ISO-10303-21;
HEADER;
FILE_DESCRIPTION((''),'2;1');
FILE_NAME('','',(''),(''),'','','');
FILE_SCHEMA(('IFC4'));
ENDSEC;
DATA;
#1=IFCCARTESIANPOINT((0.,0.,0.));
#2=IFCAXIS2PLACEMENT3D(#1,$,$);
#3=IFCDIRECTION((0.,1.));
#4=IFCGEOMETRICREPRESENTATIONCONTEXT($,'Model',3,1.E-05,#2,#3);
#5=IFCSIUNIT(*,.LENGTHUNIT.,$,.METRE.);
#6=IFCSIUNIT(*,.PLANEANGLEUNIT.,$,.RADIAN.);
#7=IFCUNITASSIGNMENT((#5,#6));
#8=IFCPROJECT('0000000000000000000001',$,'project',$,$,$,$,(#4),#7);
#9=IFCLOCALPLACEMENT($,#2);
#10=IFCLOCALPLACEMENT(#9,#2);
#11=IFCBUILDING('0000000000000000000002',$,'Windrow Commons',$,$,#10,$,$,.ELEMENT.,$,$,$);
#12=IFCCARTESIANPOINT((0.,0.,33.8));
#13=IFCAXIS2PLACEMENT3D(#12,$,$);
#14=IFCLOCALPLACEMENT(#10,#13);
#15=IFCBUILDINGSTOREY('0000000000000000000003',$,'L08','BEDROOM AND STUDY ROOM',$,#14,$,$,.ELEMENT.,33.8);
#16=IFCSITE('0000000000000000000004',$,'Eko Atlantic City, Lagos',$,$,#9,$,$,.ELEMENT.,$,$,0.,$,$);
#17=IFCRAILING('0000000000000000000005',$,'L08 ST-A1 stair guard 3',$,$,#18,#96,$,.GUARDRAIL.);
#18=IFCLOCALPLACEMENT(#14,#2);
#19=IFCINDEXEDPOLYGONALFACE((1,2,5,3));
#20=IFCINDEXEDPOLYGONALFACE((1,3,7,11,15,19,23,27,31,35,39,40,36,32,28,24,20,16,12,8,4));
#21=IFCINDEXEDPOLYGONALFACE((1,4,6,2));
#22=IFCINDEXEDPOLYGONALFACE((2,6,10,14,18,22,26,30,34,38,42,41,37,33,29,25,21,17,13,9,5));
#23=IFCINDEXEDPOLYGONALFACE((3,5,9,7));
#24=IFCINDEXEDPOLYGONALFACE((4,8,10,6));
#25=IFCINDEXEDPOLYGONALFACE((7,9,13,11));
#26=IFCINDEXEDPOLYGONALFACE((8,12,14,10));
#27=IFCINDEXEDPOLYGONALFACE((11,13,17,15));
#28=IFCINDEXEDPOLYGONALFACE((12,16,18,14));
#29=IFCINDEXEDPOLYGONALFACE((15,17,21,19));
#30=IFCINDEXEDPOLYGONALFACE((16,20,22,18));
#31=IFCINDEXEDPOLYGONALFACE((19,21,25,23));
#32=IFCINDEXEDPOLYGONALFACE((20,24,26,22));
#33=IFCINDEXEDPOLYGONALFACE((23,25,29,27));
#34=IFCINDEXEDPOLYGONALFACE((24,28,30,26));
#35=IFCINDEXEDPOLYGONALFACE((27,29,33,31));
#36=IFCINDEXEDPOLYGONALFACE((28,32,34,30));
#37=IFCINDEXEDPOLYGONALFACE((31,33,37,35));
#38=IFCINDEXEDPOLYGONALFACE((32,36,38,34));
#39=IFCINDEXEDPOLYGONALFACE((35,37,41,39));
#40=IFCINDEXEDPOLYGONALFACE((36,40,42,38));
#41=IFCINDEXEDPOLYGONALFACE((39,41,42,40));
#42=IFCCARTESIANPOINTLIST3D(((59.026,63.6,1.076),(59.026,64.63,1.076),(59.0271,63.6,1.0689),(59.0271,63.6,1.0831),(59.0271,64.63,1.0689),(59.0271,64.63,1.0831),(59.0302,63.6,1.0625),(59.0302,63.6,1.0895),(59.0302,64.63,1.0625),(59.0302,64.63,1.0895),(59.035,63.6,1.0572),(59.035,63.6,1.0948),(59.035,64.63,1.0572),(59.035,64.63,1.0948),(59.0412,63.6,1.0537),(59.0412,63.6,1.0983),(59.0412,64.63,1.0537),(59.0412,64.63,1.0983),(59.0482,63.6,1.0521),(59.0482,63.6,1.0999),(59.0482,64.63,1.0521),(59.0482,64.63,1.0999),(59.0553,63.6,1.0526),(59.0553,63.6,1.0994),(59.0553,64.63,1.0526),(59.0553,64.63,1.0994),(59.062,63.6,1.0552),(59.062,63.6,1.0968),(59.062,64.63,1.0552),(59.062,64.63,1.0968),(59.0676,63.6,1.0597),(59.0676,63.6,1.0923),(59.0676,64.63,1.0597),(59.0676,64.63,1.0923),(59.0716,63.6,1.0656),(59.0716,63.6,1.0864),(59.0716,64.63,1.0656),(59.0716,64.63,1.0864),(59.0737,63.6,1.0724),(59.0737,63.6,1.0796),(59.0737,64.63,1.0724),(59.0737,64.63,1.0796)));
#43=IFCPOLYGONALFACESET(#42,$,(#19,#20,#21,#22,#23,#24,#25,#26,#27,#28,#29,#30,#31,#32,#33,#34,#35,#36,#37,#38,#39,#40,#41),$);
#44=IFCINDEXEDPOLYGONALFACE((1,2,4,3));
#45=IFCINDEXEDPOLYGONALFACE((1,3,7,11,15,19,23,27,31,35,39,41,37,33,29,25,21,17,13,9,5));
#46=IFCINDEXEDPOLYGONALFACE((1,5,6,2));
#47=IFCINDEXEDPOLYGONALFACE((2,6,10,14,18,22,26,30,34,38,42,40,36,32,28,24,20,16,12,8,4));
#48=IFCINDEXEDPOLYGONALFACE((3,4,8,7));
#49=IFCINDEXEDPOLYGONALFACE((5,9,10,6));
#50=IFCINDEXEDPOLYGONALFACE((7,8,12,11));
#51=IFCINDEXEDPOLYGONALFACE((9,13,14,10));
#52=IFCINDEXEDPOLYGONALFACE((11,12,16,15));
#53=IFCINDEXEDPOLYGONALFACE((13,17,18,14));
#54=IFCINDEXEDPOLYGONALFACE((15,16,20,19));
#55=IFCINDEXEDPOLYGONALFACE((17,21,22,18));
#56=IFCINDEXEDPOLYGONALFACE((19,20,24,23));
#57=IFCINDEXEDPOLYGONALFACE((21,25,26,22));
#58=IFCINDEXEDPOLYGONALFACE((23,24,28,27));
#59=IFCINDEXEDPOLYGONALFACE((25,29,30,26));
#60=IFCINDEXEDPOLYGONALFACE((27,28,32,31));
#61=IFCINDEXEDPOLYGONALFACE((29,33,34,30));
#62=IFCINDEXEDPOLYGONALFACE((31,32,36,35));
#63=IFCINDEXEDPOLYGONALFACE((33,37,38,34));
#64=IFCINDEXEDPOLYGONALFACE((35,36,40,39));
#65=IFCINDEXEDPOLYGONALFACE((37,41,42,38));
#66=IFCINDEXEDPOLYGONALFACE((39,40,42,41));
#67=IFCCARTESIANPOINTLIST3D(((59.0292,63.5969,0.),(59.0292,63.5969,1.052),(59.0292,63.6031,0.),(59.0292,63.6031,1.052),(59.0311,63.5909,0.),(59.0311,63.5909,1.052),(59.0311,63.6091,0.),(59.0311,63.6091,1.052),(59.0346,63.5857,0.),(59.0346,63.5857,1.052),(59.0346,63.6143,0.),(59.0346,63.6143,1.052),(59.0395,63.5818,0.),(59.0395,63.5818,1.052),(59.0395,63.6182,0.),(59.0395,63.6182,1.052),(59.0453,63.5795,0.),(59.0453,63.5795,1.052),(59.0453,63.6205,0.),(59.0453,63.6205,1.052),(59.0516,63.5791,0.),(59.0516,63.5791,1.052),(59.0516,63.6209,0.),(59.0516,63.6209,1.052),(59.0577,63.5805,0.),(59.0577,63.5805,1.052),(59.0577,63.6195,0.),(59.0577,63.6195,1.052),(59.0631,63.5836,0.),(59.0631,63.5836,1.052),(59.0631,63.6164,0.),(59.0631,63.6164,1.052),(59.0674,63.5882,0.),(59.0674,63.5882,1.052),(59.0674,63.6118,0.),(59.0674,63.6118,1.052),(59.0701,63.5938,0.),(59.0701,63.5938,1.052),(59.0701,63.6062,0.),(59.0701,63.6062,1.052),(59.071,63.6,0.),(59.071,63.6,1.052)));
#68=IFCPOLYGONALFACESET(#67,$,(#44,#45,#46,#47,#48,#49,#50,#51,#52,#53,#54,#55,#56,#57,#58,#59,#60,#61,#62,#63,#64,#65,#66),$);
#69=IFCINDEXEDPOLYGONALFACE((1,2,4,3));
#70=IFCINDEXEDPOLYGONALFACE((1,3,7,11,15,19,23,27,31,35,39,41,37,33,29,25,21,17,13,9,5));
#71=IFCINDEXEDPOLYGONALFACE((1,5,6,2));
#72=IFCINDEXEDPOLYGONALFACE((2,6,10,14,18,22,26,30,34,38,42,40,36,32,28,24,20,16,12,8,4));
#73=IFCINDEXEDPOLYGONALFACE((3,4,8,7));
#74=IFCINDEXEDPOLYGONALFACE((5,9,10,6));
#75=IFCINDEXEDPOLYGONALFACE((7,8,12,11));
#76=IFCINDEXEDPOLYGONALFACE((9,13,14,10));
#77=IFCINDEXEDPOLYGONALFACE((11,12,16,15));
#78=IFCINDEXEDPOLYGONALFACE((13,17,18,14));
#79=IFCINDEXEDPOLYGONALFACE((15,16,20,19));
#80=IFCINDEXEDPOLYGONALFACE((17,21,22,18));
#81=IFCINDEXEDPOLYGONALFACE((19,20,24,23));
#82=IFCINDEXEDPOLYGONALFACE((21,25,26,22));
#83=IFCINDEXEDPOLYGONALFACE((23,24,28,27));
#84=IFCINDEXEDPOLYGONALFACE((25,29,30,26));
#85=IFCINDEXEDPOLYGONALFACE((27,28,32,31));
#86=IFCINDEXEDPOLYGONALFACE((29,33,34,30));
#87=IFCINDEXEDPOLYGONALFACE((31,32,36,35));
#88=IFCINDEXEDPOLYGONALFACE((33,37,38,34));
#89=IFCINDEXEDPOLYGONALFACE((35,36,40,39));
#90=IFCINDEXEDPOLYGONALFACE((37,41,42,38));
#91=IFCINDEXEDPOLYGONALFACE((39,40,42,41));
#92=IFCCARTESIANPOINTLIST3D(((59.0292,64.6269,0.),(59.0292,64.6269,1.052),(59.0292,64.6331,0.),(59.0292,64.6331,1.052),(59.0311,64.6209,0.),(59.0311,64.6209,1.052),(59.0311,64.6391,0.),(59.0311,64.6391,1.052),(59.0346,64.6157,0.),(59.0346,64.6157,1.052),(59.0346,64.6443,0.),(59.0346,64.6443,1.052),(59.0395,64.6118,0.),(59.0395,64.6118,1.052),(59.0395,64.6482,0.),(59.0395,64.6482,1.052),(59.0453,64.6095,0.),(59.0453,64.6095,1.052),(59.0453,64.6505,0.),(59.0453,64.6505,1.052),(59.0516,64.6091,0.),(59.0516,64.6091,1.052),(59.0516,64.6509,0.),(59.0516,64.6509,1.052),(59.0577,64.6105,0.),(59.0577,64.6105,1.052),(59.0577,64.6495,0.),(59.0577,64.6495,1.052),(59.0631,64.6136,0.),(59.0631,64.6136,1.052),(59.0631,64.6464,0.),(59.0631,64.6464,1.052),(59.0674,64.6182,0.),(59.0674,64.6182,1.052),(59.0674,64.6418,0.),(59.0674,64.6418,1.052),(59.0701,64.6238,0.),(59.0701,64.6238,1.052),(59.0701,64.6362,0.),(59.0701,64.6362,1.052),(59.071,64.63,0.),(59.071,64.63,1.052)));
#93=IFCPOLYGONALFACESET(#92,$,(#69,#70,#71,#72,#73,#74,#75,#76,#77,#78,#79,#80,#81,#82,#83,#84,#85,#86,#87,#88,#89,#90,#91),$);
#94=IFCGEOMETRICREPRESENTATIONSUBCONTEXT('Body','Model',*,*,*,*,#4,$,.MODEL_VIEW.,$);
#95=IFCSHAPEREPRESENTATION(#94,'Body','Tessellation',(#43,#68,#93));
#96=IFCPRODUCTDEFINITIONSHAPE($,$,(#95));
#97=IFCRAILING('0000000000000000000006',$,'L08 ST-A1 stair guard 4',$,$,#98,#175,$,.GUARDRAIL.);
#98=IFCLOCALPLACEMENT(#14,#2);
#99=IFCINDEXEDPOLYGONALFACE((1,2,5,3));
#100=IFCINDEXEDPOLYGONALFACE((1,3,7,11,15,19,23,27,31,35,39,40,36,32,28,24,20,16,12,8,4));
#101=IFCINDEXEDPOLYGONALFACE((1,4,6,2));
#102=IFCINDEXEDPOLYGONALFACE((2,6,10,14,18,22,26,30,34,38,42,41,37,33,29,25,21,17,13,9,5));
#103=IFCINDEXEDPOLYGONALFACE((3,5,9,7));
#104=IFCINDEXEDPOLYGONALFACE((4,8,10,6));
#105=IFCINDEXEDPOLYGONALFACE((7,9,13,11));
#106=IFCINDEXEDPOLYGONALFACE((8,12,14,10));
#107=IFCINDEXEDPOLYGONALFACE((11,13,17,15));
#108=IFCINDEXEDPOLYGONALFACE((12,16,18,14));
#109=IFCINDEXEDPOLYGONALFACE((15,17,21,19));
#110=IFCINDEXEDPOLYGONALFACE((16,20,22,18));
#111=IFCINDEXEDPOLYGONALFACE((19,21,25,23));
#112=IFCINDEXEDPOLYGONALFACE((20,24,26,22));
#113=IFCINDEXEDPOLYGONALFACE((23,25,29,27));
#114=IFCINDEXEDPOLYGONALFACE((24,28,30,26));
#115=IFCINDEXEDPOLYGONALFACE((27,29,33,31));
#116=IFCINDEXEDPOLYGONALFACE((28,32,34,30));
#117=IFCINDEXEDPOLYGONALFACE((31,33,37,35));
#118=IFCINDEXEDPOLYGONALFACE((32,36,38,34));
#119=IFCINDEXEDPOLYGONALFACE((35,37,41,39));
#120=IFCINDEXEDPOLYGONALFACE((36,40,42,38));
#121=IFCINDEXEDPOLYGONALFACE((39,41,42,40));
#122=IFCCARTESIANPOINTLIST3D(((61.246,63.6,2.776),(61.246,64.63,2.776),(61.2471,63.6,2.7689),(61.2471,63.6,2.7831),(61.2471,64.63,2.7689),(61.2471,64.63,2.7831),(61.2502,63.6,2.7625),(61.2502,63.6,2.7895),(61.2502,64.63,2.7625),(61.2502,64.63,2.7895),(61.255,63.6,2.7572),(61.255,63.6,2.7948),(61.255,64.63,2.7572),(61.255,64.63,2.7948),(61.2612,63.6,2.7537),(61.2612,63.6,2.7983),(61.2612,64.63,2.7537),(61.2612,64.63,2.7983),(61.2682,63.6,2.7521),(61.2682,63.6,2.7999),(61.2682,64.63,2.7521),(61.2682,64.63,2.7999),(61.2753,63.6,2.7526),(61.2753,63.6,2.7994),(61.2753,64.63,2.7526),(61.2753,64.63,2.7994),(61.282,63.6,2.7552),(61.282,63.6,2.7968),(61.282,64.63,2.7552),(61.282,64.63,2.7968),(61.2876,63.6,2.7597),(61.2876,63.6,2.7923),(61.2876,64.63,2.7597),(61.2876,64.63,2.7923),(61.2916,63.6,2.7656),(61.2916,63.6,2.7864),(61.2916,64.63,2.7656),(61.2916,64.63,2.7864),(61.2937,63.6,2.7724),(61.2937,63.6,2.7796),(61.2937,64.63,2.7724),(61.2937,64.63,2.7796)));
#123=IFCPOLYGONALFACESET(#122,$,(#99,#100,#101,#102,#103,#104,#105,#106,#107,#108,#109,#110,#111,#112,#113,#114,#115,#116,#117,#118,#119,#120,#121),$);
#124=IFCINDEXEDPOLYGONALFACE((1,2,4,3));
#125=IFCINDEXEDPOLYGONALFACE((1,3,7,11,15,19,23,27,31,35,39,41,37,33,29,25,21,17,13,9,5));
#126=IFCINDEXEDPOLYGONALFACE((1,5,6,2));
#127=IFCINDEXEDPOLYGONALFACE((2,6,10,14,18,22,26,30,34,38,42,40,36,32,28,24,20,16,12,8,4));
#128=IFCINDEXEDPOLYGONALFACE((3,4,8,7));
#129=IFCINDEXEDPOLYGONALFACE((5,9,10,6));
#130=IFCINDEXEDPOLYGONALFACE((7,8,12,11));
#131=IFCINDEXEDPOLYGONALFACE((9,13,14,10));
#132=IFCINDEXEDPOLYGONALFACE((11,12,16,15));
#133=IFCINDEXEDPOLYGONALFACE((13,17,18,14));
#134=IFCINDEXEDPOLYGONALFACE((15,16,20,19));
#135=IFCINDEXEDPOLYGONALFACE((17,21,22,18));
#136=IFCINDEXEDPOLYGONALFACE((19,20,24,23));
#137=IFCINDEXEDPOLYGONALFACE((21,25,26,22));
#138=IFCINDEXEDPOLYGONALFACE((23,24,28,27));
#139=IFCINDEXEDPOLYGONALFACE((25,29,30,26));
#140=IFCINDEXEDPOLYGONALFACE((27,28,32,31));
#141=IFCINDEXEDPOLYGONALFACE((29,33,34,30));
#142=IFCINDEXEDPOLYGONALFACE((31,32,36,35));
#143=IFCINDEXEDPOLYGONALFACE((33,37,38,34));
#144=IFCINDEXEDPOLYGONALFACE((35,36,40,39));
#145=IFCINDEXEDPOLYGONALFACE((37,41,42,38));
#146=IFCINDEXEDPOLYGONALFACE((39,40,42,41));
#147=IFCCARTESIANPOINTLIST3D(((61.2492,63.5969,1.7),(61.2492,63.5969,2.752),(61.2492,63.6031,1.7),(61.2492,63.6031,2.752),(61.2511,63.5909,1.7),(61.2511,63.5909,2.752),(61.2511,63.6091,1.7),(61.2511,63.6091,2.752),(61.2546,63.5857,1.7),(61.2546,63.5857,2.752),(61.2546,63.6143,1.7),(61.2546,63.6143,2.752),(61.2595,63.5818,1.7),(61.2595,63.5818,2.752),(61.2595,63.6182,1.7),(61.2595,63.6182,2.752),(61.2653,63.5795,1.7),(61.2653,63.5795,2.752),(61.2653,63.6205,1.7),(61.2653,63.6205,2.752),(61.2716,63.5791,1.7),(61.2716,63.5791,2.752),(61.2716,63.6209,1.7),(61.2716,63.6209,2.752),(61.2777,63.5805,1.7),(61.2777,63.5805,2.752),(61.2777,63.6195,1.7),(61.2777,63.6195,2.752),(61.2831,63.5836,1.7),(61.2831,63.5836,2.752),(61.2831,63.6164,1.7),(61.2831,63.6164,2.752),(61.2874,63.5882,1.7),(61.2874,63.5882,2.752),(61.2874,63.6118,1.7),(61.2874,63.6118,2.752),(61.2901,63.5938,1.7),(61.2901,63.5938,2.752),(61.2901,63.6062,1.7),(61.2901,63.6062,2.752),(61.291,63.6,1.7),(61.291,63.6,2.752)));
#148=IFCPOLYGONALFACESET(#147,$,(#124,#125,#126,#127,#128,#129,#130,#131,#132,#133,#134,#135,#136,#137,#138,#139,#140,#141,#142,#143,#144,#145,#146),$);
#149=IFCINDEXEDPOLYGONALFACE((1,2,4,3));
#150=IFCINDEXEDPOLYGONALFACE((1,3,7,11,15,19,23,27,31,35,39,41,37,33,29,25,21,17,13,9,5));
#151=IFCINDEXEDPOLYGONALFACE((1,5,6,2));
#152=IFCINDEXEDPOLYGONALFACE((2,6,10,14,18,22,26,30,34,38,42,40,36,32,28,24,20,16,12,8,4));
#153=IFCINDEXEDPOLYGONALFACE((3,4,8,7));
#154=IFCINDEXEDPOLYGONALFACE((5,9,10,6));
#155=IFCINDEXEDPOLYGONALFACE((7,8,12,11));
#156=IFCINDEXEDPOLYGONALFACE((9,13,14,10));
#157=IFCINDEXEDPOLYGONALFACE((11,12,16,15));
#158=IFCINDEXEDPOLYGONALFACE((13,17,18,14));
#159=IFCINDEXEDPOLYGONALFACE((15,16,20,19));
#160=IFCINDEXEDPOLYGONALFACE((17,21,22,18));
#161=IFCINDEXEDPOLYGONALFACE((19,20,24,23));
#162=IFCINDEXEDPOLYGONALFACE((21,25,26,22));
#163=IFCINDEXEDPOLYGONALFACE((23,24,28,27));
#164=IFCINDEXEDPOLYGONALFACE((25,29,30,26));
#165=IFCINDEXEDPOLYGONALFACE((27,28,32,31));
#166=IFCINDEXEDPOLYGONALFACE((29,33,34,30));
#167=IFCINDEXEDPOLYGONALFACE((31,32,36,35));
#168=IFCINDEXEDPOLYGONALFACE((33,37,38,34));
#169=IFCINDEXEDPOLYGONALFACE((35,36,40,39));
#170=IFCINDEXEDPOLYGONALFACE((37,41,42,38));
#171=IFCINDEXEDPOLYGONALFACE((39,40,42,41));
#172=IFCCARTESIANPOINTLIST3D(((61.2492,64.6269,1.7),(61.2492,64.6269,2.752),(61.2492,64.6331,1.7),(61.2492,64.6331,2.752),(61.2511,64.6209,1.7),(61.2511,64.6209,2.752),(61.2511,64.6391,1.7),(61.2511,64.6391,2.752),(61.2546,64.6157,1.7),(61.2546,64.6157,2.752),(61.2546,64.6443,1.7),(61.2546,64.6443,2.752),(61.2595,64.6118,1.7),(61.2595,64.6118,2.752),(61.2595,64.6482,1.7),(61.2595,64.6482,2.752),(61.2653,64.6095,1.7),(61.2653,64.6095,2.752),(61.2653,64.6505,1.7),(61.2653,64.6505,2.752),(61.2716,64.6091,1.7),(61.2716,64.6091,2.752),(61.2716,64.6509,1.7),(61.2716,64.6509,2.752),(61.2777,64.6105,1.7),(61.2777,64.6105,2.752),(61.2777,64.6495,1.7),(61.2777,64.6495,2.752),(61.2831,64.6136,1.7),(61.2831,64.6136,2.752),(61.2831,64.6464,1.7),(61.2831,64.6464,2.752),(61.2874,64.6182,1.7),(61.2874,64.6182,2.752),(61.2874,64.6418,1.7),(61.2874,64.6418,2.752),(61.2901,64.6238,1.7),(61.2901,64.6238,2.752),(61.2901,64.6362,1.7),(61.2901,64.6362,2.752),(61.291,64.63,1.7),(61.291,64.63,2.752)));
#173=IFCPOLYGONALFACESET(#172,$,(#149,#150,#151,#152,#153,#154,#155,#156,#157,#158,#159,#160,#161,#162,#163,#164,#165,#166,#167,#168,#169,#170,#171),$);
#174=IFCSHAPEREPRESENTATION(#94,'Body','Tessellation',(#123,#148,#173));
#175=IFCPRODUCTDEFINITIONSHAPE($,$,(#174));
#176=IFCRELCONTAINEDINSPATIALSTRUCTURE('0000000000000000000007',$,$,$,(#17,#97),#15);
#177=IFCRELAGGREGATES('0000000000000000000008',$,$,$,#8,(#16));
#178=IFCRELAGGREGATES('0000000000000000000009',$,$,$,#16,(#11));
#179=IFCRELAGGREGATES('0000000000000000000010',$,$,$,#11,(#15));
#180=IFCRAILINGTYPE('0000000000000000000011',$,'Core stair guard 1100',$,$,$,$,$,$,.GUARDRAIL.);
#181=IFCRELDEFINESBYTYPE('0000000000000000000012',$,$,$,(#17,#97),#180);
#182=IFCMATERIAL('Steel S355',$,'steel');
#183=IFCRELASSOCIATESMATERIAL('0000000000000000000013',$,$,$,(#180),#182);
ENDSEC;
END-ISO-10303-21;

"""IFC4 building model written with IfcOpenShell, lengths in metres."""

from ifc_helpers import new_model, si_unit, direction, frame, origin, origin_2d, place, context, subcontext, project, spatial, circle, extrude, material, type_object, element, save


model = new_model("IFC4")

# Units and contexts
model_context = context("Model", 3, precision=1e-05, world=origin(), true_north=direction((0.0, 1.0)))
body_context = subcontext(model_context, "Body", "Model", "MODEL_VIEW")
ifc_project = project(units=[si_unit("LENGTHUNIT", "METRE"), si_unit("PLANEANGLEUNIT", "RADIAN")], contexts=[model_context])

# Site, building, storey
site_placement = place(None, origin())
site = spatial("IfcSite", under=ifc_project, at=site_placement, Name="Eko Atlantic City, Lagos", CompositionType="ELEMENT", RefElevation=0.0)
building_placement = place(site_placement, origin())
building = spatial("IfcBuilding", under=site, at=building_placement, Name="Windrow Commons", CompositionType="ELEMENT")
storey_placement = place(building_placement, frame((0.0, 0.0, 33.8)))
storey = spatial("IfcBuildingStorey", under=building, at=storey_placement, Name="L08", Description="BEDROOM AND STUDY ROOM", CompositionType="ELEMENT", Elevation=33.8)

# Railings
ifc_material_1 = material(Name="Steel S355", Category="steel")
railing_type_1 = type_object("IfcRailingType", Name="Core stair guard 1100", PredefinedType="GUARDRAIL", material=ifc_material_1)
for number, where, name in (
    (1, (59.05, 63.6, 0.0), "L08 ST-A1 stair guard 3"),
    (2, (61.27, 63.6, 1.7), "L08 ST-A1 stair guard 4"),
):
    element("IfcRailing", number, at=place(storey_placement, frame(where)), inside=storey, type_object=railing_type_1, Name=name, PredefinedType="GUARDRAIL", context=body_context, shape_type="SweptSolid", body=[
        extrude(circle(Radius=0.024, at=origin_2d()), frame((0.0, 0.0, 1.076), z_axis=(0.0, 1.0, 0.0), x_axis=(-1.0, 0.0, 0.0)), (0.0, 0.0, 1.0), 1.03),
        extrude(circle(Radius=0.021, at=origin_2d()), origin(), (0.0, 0.0, 1.0), 1.052),
        extrude(circle(Radius=0.021, at=origin_2d()), frame((0.0, 1.03, 0.0)), (0.0, 0.0, 1.0), 1.052),
    ])

save(model, "model.ifc")
